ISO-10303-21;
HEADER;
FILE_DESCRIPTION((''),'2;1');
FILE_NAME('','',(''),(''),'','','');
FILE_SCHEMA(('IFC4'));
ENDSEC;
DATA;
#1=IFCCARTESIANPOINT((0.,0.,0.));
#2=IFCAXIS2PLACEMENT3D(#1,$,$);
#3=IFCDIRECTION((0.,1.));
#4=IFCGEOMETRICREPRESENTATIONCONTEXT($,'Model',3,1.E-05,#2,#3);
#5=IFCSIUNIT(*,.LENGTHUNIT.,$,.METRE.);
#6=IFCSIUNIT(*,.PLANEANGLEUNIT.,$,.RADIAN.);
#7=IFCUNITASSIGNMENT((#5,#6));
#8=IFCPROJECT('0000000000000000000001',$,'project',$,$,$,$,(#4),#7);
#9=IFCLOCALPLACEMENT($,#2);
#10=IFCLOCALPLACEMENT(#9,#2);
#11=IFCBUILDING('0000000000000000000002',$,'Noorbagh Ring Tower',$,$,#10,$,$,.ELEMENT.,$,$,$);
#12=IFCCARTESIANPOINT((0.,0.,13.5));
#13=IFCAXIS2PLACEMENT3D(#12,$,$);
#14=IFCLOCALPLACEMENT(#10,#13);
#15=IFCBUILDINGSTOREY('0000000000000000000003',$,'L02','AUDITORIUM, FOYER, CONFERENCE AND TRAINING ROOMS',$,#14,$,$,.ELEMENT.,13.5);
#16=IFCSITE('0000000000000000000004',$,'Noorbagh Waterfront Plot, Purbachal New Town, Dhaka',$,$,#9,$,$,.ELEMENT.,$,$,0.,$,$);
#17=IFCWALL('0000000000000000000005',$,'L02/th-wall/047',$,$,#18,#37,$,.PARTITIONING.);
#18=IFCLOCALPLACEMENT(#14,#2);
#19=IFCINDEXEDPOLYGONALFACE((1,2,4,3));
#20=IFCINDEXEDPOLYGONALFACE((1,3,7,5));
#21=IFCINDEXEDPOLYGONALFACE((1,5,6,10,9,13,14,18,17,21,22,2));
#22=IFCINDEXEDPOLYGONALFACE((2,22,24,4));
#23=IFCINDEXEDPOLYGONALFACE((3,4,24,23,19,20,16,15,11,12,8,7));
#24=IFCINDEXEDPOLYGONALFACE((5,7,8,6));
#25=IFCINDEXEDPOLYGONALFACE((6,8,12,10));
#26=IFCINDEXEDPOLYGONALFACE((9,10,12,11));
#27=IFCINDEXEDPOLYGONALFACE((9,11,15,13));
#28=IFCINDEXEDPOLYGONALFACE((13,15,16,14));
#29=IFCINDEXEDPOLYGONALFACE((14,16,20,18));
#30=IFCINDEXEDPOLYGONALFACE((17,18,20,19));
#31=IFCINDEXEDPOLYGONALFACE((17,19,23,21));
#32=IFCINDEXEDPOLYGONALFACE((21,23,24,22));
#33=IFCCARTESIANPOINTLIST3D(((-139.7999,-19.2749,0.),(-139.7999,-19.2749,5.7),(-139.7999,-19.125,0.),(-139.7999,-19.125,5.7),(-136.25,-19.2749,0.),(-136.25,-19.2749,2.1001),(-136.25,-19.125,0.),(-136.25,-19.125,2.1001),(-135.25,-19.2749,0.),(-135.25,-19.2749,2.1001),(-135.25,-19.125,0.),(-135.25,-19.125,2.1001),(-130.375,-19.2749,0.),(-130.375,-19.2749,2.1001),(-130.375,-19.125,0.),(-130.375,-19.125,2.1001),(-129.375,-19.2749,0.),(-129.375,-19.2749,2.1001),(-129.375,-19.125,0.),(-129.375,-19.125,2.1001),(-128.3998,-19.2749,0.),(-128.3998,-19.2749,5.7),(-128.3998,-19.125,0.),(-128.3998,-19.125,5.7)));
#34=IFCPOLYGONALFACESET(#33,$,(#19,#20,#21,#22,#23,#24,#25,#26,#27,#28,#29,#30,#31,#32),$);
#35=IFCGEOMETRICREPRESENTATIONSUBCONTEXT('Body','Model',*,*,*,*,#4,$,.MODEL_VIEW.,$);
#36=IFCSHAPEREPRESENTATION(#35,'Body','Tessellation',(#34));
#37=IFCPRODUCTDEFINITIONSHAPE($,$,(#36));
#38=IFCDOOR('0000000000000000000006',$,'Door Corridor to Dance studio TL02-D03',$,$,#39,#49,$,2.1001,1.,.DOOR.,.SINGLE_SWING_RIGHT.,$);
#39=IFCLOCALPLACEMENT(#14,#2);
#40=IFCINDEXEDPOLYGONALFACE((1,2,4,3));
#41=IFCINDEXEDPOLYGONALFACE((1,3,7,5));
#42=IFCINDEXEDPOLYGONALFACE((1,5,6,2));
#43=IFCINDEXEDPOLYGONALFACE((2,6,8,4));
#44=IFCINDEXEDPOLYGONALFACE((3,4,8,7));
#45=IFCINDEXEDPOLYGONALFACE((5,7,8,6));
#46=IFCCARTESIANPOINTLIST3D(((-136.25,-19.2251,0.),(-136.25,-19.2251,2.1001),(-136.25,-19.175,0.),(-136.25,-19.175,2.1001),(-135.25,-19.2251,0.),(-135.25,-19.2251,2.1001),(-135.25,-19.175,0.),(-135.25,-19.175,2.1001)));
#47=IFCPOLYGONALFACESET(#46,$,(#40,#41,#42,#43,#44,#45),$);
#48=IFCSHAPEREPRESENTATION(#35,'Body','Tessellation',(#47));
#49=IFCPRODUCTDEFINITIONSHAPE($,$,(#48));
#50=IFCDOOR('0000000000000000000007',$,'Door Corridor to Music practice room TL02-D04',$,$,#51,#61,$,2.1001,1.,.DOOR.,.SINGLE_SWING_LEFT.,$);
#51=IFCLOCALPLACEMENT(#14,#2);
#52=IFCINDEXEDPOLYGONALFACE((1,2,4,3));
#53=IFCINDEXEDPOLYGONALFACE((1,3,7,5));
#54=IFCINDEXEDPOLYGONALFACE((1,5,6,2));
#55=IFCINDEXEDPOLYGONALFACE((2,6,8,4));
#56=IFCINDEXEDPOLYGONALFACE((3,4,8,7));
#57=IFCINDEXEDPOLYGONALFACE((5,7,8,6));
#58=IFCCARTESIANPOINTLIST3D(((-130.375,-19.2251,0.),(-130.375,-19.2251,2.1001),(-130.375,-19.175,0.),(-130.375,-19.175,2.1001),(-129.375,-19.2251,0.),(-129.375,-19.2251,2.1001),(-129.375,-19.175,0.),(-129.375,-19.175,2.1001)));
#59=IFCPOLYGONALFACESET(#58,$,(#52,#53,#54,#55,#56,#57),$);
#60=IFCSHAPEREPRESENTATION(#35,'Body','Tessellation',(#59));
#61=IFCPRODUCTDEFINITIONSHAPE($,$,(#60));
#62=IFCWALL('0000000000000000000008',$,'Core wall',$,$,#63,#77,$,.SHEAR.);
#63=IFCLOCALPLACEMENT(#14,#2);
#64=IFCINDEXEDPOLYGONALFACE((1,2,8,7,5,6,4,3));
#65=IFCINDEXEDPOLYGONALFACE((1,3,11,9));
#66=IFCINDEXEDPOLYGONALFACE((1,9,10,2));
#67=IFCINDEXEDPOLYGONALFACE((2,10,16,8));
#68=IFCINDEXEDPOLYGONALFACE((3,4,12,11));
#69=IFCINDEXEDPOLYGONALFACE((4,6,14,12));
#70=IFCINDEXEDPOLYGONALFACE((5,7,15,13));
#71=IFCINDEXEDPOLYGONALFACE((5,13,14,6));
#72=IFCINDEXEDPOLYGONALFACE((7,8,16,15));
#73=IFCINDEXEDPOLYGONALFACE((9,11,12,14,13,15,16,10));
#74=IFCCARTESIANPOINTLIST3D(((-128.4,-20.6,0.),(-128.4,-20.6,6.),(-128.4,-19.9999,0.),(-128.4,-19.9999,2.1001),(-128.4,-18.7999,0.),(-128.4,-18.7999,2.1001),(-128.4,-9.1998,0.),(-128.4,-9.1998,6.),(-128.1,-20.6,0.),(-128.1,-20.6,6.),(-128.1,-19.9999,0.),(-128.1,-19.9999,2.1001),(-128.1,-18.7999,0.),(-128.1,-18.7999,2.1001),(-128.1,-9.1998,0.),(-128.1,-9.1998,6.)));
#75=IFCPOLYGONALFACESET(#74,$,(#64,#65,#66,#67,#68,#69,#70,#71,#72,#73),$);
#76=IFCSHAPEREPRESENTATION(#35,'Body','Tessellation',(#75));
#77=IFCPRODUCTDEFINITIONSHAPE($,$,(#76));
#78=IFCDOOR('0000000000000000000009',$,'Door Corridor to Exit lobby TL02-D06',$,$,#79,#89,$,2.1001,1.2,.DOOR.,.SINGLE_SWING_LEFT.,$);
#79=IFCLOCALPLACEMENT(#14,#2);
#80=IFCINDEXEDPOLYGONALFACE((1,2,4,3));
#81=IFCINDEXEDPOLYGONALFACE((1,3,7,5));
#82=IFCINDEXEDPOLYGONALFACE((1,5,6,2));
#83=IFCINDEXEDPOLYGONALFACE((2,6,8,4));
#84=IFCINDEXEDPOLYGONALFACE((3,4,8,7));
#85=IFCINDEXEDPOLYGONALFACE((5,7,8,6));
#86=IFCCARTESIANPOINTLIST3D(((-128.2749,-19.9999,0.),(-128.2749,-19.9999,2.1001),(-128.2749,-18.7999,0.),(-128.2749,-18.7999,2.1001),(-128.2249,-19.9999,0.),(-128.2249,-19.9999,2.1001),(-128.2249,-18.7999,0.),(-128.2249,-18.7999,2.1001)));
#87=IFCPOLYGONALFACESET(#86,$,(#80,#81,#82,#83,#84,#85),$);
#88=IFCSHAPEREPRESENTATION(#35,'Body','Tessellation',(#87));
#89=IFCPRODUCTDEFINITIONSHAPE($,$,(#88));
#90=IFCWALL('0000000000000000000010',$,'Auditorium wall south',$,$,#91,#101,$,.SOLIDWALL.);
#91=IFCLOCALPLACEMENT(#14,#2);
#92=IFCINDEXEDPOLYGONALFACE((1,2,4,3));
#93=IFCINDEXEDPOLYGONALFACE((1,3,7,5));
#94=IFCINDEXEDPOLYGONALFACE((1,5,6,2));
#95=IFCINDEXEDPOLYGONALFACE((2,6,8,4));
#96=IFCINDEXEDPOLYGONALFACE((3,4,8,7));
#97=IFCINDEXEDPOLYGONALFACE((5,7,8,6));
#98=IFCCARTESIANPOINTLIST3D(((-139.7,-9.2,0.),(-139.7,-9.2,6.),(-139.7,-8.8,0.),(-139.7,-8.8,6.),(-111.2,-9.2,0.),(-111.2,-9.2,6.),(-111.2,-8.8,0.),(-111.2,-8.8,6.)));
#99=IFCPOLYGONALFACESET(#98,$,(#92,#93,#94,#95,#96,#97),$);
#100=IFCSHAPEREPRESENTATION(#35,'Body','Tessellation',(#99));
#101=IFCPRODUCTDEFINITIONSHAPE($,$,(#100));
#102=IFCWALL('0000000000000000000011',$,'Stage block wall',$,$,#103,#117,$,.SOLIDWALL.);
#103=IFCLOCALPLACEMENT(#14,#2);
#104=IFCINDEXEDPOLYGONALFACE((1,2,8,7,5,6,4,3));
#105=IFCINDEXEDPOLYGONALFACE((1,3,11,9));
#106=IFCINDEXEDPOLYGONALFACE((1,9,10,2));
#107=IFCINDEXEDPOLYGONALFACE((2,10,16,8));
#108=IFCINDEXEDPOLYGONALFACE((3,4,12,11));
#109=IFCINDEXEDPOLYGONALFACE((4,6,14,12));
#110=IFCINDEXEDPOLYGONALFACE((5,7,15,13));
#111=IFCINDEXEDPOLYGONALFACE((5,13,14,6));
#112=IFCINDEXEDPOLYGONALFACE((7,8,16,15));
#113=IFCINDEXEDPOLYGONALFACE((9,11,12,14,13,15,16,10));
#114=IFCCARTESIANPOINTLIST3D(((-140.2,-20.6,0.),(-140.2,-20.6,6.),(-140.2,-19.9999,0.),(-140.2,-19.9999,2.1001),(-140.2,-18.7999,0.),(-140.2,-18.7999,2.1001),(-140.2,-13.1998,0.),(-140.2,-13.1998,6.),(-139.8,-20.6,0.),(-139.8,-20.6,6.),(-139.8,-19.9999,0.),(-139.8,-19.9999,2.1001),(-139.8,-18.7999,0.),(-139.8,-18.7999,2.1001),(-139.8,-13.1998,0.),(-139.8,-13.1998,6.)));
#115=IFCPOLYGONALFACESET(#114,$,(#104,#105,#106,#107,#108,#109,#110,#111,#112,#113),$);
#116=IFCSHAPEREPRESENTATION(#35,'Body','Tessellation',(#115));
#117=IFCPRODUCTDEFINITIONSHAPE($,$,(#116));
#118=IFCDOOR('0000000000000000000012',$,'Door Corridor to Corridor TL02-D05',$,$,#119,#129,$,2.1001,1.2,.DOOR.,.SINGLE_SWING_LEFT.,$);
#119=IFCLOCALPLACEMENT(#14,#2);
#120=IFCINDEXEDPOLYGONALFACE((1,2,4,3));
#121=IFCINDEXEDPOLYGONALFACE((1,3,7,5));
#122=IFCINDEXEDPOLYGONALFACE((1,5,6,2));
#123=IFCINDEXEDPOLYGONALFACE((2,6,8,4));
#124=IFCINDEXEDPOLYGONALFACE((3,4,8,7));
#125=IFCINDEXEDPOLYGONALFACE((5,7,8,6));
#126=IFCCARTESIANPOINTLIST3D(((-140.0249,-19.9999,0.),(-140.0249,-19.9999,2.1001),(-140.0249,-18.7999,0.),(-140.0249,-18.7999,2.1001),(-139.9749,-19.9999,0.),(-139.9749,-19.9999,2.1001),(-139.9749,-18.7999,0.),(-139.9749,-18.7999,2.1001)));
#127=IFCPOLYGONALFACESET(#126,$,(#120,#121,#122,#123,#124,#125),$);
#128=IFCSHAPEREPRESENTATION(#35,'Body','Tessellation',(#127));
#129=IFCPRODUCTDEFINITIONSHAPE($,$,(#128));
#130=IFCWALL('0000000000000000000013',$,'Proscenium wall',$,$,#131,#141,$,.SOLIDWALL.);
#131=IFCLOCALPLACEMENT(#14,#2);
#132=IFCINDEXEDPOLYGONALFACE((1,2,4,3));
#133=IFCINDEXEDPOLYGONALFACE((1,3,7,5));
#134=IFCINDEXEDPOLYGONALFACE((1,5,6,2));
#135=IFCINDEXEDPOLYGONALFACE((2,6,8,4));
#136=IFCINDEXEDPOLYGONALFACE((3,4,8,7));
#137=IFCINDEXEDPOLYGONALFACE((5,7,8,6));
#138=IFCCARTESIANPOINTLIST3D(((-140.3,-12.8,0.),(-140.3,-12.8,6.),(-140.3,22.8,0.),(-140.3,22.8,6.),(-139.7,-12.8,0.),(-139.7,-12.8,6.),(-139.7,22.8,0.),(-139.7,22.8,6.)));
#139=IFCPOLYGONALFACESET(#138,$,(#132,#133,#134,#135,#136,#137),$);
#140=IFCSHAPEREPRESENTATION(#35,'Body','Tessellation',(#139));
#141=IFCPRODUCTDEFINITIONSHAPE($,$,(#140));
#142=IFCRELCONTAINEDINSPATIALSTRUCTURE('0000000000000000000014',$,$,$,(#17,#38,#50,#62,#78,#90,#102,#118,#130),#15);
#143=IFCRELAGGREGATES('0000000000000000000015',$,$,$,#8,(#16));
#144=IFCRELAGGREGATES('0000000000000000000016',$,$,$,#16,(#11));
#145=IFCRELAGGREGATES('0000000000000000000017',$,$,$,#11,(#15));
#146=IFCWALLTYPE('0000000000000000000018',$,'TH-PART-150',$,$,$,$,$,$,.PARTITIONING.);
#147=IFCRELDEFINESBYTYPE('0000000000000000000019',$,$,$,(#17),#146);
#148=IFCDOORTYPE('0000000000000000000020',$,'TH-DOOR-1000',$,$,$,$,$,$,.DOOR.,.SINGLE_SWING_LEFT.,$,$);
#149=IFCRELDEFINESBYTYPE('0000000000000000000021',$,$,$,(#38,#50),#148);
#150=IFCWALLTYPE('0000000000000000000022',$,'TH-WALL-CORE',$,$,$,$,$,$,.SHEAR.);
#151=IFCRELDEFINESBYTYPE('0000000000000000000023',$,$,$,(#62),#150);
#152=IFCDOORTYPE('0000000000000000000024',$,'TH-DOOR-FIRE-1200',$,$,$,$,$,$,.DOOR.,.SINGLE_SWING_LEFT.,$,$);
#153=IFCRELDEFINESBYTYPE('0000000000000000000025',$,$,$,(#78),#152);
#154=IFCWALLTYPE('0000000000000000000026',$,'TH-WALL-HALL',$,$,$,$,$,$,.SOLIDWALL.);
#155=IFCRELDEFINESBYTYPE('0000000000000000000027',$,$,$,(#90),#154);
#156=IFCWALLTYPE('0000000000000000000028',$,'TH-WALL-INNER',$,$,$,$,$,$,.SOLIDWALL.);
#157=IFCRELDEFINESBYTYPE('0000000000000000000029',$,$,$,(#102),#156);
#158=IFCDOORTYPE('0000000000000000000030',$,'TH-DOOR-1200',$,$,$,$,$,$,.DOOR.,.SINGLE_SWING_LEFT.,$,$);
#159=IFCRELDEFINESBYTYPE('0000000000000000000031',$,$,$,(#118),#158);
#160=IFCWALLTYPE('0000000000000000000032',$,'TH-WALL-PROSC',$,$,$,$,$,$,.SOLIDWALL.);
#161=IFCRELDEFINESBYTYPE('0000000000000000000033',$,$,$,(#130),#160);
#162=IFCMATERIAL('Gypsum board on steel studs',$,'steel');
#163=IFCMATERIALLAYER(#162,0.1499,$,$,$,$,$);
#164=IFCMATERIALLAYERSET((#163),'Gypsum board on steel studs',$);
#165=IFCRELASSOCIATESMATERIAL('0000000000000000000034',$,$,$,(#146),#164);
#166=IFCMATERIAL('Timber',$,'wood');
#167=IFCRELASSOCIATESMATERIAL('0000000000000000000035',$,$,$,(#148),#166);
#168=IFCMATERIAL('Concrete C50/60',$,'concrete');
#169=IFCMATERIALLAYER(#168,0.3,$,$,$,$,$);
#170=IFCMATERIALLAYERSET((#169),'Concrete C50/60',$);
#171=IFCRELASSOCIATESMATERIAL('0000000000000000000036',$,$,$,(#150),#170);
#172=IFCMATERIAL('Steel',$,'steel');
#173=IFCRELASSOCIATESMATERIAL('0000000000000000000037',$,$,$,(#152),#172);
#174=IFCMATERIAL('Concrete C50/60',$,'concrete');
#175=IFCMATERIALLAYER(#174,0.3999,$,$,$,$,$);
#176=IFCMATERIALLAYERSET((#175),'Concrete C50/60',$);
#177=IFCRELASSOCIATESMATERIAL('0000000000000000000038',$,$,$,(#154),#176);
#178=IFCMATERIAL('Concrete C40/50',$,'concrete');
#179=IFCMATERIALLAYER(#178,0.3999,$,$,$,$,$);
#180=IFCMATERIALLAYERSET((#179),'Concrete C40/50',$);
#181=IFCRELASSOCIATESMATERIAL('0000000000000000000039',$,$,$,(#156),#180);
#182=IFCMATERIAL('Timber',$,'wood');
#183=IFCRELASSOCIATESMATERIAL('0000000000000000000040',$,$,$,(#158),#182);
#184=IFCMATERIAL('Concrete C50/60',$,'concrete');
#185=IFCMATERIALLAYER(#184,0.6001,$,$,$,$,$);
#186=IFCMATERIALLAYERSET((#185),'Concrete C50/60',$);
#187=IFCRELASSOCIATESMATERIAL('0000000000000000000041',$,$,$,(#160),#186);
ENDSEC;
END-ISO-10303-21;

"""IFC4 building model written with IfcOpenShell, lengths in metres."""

from ifc_helpers import new_model, si_unit, direction, frame, frame_2d, origin, place, context, subcontext, project, spatial, rectangle, extrude, material, layer, layer_set, type_object, element, fill, save


model = new_model("IFC4")

# Units and contexts
model_context = context("Model", 3, precision=1e-05, world=origin(), true_north=direction((0.0, 1.0)))
body_context = subcontext(model_context, "Body", "Model", "MODEL_VIEW")
ifc_project = project(units=[si_unit("LENGTHUNIT", "METRE"), si_unit("PLANEANGLEUNIT", "RADIAN")], contexts=[model_context])

# Site, building, storey
site_placement = place(None, origin())
site = spatial("IfcSite", under=ifc_project, at=site_placement, Name="Noorbagh Waterfront Plot, Purbachal New Town, Dhaka", CompositionType="ELEMENT", RefElevation=0.0)
building_placement = place(site_placement, origin())
building = spatial("IfcBuilding", under=site, at=building_placement, Name="Noorbagh Ring Tower", CompositionType="ELEMENT")
storey_placement = place(building_placement, frame((0.0, 0.0, 13.5)))
storey = spatial("IfcBuildingStorey", under=building, at=storey_placement, Name="L02", Description="AUDITORIUM, FOYER, CONFERENCE AND TRAINING ROOMS", CompositionType="ELEMENT", Elevation=13.5)

# Wall, openings, doors
ifc_material_1 = material(Name="Gypsum board on steel studs", Category="steel")
ifc_layer_1 = layer(ifc_material_1, 0.1499)
ifc_layer_set_1 = layer_set([ifc_layer_1], Name="Gypsum board on steel studs")
wall_type_1 = type_object("IfcWallType", Name="TH-PART-150", PredefinedType="PARTITIONING", material=ifc_layer_set_1)
wall_1_placement = place(storey_placement, frame((-139.8, -19.2, 0.0), z_axis=(0.0, 0.0, 1.0), x_axis=(1.0, 0.0, 0.0)))
wall_1 = element("IfcWall", 1, at=wall_1_placement, inside=storey, type_object=wall_type_1, Name="L02/th-wall/047", PredefinedType="PARTITIONING", context=body_context, shape_type="SweptSolid", body=[
    extrude(rectangle(XDim=11.4001, YDim=0.1499, at=frame_2d((5.7002, 0.0))), origin(), (0.0, 0.0, 1.0), 5.7),
])
opening_1_placement = place(wall_1_placement, frame((3.55, 0.0, 0.0)))
opening_1 = element("IfcOpeningElement", 2, at=opening_1_placement, cuts=wall_1, PredefinedType="OPENING", context=body_context, shape_type="SweptSolid", body=[
    extrude(rectangle(XDim=1.0, YDim=2.1001, at=frame_2d((0.5, 1.05))), frame((0.0, 0.085, 0.0), z_axis=(0.0, -1.0, 0.0), x_axis=(1.0, 0.0, 0.0)), (0.0, 0.0, 1.0), 0.1699),
])
opening_2_placement = place(wall_1_placement, frame((9.425, 0.0, 0.0)))
opening_2 = element("IfcOpeningElement", 3, at=opening_2_placement, cuts=wall_1, PredefinedType="OPENING", context=body_context, shape_type="SweptSolid", body=[
    extrude(rectangle(XDim=1.0, YDim=2.1001, at=frame_2d((0.5, 1.05))), frame((0.0, 0.085, 0.0), z_axis=(0.0, -1.0, 0.0), x_axis=(1.0, 0.0, 0.0)), (0.0, 0.0, 1.0), 0.1699),
])
ifc_material_2 = material(Name="Timber", Category="wood")
door_type_1 = type_object("IfcDoorType", Name="TH-DOOR-1000", OperationType="SINGLE_SWING_LEFT", PredefinedType="DOOR", material=ifc_material_2)
door_1_placement = place(opening_1_placement, origin())
door_1 = element("IfcDoor", 4, at=door_1_placement, inside=storey, type_object=door_type_1, Name="Door Corridor to Dance studio TL02-D03", OperationType="SINGLE_SWING_RIGHT", OverallHeight=2.1001, OverallWidth=1.0, PredefinedType="DOOR", context=body_context, shape_type="SweptSolid", body=[
    extrude(rectangle(XDim=1.0, YDim=2.1001, at=frame_2d((0.5, 1.05))), frame((0.0, 0.0249, 0.0), z_axis=(0.0, -1.0, 0.0), x_axis=(1.0, 0.0, 0.0)), (0.0, 0.0, 1.0), 0.05),
])
fill(opening_1, door_1)
door_2_placement = place(opening_2_placement, origin())
door_2 = element("IfcDoor", 5, at=door_2_placement, inside=storey, type_object=door_type_1, Name="Door Corridor to Music practice room TL02-D04", OperationType="SINGLE_SWING_LEFT", OverallHeight=2.1001, OverallWidth=1.0, PredefinedType="DOOR", context=body_context, shape_type="SweptSolid", body=[
    extrude(rectangle(XDim=1.0, YDim=2.1001, at=frame_2d((0.5, 1.05))), frame((0.0, 0.0249, 0.0), z_axis=(0.0, -1.0, 0.0), x_axis=(1.0, 0.0, 0.0)), (0.0, 0.0, 1.0), 0.05),
])
fill(opening_2, door_2)

# Wall, opening, door
ifc_material_3 = material(Name="Concrete C50/60", Category="concrete")
ifc_layer_2 = layer(ifc_material_3, 0.3)
ifc_layer_set_2 = layer_set([ifc_layer_2], Name="Concrete C50/60")
wall_type_2 = type_object("IfcWallType", Name="TH-WALL-CORE", PredefinedType="SHEAR", material=ifc_layer_set_2)
wall_2_placement = place(storey_placement, frame((-128.25, -20.6001, 0.0), z_axis=(0.0, 0.0, 1.0), x_axis=(0.0, 1.0, 0.0)))
wall_2 = element("IfcWall", 6, at=wall_2_placement, inside=storey, type_object=wall_type_2, Name="Core wall", PredefinedType="SHEAR", context=body_context, shape_type="SweptSolid", body=[
    extrude(rectangle(XDim=11.4001, YDim=0.3, at=frame_2d((5.7002, 0.0))), origin(), (0.0, 0.0, 1.0), 6.0),
])
opening_3_placement = place(wall_2_placement, frame((0.6001, 0.0, 0.0)))
opening_3 = element("IfcOpeningElement", 7, at=opening_3_placement, cuts=wall_2, PredefinedType="OPENING", context=body_context, shape_type="SweptSolid", body=[
    extrude(rectangle(XDim=1.2, YDim=2.1001, at=frame_2d((0.6001, 1.05))), frame((0.0, 0.1602, 0.0), z_axis=(0.0, -1.0, 0.0), x_axis=(1.0, 0.0, 0.0)), (0.0, 0.0, 1.0), 0.3201),
])
ifc_material_4 = material(Name="Steel", Category="steel")
door_type_2 = type_object("IfcDoorType", Name="TH-DOOR-FIRE-1200", OperationType="SINGLE_SWING_LEFT", PredefinedType="DOOR", material=ifc_material_4)
door_3_placement = place(opening_3_placement, origin())
door_3 = element("IfcDoor", 8, at=door_3_placement, inside=storey, type_object=door_type_2, Name="Door Corridor to Exit lobby TL02-D06", OperationType="SINGLE_SWING_LEFT", OverallHeight=2.1001, OverallWidth=1.2, PredefinedType="DOOR", context=body_context, shape_type="SweptSolid", body=[
    extrude(rectangle(XDim=1.2, YDim=2.1001, at=frame_2d((0.6001, 1.05))), frame((0.0, 0.0249, 0.0), z_axis=(0.0, -1.0, 0.0), x_axis=(1.0, 0.0, 0.0)), (0.0, 0.0, 1.0), 0.05),
])
fill(opening_3, door_3)

# Wall
ifc_material_5 = material(Name="Concrete C50/60", Category="concrete")
ifc_layer_3 = layer(ifc_material_5, 0.3999)
ifc_layer_set_3 = layer_set([ifc_layer_3], Name="Concrete C50/60")
wall_type_3 = type_object("IfcWallType", Name="TH-WALL-HALL", PredefinedType="SOLIDWALL", material=ifc_layer_set_3)
wall_3_placement = place(storey_placement, frame((-139.7, -9.0, 0.0), z_axis=(0.0, 0.0, 1.0), x_axis=(1.0, 0.0, 0.0)))
element("IfcWall", 9, at=wall_3_placement, inside=storey, type_object=wall_type_3, Name="Auditorium wall south", PredefinedType="SOLIDWALL", context=body_context, shape_type="SweptSolid", body=[
    extrude(rectangle(XDim=28.5, YDim=0.3999, at=frame_2d((14.25, 0.0))), origin(), (0.0, 0.0, 1.0), 6.0),
])

# Wall, opening, door
ifc_material_6 = material(Name="Concrete C40/50", Category="concrete")
ifc_layer_4 = layer(ifc_material_6, 0.3999)
ifc_layer_set_4 = layer_set([ifc_layer_4], Name="Concrete C40/50")
wall_type_4 = type_object("IfcWallType", Name="TH-WALL-INNER", PredefinedType="SOLIDWALL", material=ifc_layer_set_4)
wall_4_placement = place(storey_placement, frame((-140.0, -20.6001, 0.0), z_axis=(0.0, 0.0, 1.0), x_axis=(0.0, 1.0, 0.0)))
wall_4 = element("IfcWall", 10, at=wall_4_placement, inside=storey, type_object=wall_type_4, Name="Stage block wall", PredefinedType="SOLIDWALL", context=body_context, shape_type="SweptSolid", body=[
    extrude(rectangle(XDim=7.4001, YDim=0.3999, at=frame_2d((3.7002, 0.0))), origin(), (0.0, 0.0, 1.0), 6.0),
])
opening_4_placement = place(wall_4_placement, frame((0.6001, 0.0, 0.0)))
opening_4 = element("IfcOpeningElement", 11, at=opening_4_placement, cuts=wall_4, PredefinedType="OPENING", context=body_context, shape_type="SweptSolid", body=[
    extrude(rectangle(XDim=1.2, YDim=2.1001, at=frame_2d((0.6001, 1.05))), frame((0.0, 0.21, 0.0), z_axis=(0.0, -1.0, 0.0), x_axis=(1.0, 0.0, 0.0)), (0.0, 0.0, 1.0), 0.4199),
])
ifc_material_7 = material(Name="Timber", Category="wood")
door_type_3 = type_object("IfcDoorType", Name="TH-DOOR-1200", OperationType="SINGLE_SWING_LEFT", PredefinedType="DOOR", material=ifc_material_7)
door_4_placement = place(opening_4_placement, origin())
door_4 = element("IfcDoor", 12, at=door_4_placement, inside=storey, type_object=door_type_3, Name="Door Corridor to Corridor TL02-D05", OperationType="SINGLE_SWING_LEFT", OverallHeight=2.1001, OverallWidth=1.2, PredefinedType="DOOR", context=body_context, shape_type="SweptSolid", body=[
    extrude(rectangle(XDim=1.2, YDim=2.1001, at=frame_2d((0.6001, 1.05))), frame((0.0, 0.0249, 0.0), z_axis=(0.0, -1.0, 0.0), x_axis=(1.0, 0.0, 0.0)), (0.0, 0.0, 1.0), 0.05),
])
fill(opening_4, door_4)

# Wall
ifc_material_8 = material(Name="Concrete C50/60", Category="concrete")
ifc_layer_5 = layer(ifc_material_8, 0.6001)
ifc_layer_set_5 = layer_set([ifc_layer_5], Name="Concrete C50/60")
wall_type_5 = type_object("IfcWallType", Name="TH-WALL-PROSC", PredefinedType="SOLIDWALL", material=ifc_layer_set_5)
wall_5_placement = place(storey_placement, frame((-140.0, -12.8, 0.0), z_axis=(0.0, 0.0, 1.0), x_axis=(0.0, 1.0, 0.0)))
element("IfcWall", 13, at=wall_5_placement, inside=storey, type_object=wall_type_5, Name="Proscenium wall", PredefinedType="SOLIDWALL", context=body_context, shape_type="SweptSolid", body=[
    extrude(rectangle(XDim=35.6001, YDim=0.6001, at=frame_2d((17.8, 0.0))), origin(), (0.0, 0.0, 1.0), 6.0),
])

save(model, "model.ifc")
